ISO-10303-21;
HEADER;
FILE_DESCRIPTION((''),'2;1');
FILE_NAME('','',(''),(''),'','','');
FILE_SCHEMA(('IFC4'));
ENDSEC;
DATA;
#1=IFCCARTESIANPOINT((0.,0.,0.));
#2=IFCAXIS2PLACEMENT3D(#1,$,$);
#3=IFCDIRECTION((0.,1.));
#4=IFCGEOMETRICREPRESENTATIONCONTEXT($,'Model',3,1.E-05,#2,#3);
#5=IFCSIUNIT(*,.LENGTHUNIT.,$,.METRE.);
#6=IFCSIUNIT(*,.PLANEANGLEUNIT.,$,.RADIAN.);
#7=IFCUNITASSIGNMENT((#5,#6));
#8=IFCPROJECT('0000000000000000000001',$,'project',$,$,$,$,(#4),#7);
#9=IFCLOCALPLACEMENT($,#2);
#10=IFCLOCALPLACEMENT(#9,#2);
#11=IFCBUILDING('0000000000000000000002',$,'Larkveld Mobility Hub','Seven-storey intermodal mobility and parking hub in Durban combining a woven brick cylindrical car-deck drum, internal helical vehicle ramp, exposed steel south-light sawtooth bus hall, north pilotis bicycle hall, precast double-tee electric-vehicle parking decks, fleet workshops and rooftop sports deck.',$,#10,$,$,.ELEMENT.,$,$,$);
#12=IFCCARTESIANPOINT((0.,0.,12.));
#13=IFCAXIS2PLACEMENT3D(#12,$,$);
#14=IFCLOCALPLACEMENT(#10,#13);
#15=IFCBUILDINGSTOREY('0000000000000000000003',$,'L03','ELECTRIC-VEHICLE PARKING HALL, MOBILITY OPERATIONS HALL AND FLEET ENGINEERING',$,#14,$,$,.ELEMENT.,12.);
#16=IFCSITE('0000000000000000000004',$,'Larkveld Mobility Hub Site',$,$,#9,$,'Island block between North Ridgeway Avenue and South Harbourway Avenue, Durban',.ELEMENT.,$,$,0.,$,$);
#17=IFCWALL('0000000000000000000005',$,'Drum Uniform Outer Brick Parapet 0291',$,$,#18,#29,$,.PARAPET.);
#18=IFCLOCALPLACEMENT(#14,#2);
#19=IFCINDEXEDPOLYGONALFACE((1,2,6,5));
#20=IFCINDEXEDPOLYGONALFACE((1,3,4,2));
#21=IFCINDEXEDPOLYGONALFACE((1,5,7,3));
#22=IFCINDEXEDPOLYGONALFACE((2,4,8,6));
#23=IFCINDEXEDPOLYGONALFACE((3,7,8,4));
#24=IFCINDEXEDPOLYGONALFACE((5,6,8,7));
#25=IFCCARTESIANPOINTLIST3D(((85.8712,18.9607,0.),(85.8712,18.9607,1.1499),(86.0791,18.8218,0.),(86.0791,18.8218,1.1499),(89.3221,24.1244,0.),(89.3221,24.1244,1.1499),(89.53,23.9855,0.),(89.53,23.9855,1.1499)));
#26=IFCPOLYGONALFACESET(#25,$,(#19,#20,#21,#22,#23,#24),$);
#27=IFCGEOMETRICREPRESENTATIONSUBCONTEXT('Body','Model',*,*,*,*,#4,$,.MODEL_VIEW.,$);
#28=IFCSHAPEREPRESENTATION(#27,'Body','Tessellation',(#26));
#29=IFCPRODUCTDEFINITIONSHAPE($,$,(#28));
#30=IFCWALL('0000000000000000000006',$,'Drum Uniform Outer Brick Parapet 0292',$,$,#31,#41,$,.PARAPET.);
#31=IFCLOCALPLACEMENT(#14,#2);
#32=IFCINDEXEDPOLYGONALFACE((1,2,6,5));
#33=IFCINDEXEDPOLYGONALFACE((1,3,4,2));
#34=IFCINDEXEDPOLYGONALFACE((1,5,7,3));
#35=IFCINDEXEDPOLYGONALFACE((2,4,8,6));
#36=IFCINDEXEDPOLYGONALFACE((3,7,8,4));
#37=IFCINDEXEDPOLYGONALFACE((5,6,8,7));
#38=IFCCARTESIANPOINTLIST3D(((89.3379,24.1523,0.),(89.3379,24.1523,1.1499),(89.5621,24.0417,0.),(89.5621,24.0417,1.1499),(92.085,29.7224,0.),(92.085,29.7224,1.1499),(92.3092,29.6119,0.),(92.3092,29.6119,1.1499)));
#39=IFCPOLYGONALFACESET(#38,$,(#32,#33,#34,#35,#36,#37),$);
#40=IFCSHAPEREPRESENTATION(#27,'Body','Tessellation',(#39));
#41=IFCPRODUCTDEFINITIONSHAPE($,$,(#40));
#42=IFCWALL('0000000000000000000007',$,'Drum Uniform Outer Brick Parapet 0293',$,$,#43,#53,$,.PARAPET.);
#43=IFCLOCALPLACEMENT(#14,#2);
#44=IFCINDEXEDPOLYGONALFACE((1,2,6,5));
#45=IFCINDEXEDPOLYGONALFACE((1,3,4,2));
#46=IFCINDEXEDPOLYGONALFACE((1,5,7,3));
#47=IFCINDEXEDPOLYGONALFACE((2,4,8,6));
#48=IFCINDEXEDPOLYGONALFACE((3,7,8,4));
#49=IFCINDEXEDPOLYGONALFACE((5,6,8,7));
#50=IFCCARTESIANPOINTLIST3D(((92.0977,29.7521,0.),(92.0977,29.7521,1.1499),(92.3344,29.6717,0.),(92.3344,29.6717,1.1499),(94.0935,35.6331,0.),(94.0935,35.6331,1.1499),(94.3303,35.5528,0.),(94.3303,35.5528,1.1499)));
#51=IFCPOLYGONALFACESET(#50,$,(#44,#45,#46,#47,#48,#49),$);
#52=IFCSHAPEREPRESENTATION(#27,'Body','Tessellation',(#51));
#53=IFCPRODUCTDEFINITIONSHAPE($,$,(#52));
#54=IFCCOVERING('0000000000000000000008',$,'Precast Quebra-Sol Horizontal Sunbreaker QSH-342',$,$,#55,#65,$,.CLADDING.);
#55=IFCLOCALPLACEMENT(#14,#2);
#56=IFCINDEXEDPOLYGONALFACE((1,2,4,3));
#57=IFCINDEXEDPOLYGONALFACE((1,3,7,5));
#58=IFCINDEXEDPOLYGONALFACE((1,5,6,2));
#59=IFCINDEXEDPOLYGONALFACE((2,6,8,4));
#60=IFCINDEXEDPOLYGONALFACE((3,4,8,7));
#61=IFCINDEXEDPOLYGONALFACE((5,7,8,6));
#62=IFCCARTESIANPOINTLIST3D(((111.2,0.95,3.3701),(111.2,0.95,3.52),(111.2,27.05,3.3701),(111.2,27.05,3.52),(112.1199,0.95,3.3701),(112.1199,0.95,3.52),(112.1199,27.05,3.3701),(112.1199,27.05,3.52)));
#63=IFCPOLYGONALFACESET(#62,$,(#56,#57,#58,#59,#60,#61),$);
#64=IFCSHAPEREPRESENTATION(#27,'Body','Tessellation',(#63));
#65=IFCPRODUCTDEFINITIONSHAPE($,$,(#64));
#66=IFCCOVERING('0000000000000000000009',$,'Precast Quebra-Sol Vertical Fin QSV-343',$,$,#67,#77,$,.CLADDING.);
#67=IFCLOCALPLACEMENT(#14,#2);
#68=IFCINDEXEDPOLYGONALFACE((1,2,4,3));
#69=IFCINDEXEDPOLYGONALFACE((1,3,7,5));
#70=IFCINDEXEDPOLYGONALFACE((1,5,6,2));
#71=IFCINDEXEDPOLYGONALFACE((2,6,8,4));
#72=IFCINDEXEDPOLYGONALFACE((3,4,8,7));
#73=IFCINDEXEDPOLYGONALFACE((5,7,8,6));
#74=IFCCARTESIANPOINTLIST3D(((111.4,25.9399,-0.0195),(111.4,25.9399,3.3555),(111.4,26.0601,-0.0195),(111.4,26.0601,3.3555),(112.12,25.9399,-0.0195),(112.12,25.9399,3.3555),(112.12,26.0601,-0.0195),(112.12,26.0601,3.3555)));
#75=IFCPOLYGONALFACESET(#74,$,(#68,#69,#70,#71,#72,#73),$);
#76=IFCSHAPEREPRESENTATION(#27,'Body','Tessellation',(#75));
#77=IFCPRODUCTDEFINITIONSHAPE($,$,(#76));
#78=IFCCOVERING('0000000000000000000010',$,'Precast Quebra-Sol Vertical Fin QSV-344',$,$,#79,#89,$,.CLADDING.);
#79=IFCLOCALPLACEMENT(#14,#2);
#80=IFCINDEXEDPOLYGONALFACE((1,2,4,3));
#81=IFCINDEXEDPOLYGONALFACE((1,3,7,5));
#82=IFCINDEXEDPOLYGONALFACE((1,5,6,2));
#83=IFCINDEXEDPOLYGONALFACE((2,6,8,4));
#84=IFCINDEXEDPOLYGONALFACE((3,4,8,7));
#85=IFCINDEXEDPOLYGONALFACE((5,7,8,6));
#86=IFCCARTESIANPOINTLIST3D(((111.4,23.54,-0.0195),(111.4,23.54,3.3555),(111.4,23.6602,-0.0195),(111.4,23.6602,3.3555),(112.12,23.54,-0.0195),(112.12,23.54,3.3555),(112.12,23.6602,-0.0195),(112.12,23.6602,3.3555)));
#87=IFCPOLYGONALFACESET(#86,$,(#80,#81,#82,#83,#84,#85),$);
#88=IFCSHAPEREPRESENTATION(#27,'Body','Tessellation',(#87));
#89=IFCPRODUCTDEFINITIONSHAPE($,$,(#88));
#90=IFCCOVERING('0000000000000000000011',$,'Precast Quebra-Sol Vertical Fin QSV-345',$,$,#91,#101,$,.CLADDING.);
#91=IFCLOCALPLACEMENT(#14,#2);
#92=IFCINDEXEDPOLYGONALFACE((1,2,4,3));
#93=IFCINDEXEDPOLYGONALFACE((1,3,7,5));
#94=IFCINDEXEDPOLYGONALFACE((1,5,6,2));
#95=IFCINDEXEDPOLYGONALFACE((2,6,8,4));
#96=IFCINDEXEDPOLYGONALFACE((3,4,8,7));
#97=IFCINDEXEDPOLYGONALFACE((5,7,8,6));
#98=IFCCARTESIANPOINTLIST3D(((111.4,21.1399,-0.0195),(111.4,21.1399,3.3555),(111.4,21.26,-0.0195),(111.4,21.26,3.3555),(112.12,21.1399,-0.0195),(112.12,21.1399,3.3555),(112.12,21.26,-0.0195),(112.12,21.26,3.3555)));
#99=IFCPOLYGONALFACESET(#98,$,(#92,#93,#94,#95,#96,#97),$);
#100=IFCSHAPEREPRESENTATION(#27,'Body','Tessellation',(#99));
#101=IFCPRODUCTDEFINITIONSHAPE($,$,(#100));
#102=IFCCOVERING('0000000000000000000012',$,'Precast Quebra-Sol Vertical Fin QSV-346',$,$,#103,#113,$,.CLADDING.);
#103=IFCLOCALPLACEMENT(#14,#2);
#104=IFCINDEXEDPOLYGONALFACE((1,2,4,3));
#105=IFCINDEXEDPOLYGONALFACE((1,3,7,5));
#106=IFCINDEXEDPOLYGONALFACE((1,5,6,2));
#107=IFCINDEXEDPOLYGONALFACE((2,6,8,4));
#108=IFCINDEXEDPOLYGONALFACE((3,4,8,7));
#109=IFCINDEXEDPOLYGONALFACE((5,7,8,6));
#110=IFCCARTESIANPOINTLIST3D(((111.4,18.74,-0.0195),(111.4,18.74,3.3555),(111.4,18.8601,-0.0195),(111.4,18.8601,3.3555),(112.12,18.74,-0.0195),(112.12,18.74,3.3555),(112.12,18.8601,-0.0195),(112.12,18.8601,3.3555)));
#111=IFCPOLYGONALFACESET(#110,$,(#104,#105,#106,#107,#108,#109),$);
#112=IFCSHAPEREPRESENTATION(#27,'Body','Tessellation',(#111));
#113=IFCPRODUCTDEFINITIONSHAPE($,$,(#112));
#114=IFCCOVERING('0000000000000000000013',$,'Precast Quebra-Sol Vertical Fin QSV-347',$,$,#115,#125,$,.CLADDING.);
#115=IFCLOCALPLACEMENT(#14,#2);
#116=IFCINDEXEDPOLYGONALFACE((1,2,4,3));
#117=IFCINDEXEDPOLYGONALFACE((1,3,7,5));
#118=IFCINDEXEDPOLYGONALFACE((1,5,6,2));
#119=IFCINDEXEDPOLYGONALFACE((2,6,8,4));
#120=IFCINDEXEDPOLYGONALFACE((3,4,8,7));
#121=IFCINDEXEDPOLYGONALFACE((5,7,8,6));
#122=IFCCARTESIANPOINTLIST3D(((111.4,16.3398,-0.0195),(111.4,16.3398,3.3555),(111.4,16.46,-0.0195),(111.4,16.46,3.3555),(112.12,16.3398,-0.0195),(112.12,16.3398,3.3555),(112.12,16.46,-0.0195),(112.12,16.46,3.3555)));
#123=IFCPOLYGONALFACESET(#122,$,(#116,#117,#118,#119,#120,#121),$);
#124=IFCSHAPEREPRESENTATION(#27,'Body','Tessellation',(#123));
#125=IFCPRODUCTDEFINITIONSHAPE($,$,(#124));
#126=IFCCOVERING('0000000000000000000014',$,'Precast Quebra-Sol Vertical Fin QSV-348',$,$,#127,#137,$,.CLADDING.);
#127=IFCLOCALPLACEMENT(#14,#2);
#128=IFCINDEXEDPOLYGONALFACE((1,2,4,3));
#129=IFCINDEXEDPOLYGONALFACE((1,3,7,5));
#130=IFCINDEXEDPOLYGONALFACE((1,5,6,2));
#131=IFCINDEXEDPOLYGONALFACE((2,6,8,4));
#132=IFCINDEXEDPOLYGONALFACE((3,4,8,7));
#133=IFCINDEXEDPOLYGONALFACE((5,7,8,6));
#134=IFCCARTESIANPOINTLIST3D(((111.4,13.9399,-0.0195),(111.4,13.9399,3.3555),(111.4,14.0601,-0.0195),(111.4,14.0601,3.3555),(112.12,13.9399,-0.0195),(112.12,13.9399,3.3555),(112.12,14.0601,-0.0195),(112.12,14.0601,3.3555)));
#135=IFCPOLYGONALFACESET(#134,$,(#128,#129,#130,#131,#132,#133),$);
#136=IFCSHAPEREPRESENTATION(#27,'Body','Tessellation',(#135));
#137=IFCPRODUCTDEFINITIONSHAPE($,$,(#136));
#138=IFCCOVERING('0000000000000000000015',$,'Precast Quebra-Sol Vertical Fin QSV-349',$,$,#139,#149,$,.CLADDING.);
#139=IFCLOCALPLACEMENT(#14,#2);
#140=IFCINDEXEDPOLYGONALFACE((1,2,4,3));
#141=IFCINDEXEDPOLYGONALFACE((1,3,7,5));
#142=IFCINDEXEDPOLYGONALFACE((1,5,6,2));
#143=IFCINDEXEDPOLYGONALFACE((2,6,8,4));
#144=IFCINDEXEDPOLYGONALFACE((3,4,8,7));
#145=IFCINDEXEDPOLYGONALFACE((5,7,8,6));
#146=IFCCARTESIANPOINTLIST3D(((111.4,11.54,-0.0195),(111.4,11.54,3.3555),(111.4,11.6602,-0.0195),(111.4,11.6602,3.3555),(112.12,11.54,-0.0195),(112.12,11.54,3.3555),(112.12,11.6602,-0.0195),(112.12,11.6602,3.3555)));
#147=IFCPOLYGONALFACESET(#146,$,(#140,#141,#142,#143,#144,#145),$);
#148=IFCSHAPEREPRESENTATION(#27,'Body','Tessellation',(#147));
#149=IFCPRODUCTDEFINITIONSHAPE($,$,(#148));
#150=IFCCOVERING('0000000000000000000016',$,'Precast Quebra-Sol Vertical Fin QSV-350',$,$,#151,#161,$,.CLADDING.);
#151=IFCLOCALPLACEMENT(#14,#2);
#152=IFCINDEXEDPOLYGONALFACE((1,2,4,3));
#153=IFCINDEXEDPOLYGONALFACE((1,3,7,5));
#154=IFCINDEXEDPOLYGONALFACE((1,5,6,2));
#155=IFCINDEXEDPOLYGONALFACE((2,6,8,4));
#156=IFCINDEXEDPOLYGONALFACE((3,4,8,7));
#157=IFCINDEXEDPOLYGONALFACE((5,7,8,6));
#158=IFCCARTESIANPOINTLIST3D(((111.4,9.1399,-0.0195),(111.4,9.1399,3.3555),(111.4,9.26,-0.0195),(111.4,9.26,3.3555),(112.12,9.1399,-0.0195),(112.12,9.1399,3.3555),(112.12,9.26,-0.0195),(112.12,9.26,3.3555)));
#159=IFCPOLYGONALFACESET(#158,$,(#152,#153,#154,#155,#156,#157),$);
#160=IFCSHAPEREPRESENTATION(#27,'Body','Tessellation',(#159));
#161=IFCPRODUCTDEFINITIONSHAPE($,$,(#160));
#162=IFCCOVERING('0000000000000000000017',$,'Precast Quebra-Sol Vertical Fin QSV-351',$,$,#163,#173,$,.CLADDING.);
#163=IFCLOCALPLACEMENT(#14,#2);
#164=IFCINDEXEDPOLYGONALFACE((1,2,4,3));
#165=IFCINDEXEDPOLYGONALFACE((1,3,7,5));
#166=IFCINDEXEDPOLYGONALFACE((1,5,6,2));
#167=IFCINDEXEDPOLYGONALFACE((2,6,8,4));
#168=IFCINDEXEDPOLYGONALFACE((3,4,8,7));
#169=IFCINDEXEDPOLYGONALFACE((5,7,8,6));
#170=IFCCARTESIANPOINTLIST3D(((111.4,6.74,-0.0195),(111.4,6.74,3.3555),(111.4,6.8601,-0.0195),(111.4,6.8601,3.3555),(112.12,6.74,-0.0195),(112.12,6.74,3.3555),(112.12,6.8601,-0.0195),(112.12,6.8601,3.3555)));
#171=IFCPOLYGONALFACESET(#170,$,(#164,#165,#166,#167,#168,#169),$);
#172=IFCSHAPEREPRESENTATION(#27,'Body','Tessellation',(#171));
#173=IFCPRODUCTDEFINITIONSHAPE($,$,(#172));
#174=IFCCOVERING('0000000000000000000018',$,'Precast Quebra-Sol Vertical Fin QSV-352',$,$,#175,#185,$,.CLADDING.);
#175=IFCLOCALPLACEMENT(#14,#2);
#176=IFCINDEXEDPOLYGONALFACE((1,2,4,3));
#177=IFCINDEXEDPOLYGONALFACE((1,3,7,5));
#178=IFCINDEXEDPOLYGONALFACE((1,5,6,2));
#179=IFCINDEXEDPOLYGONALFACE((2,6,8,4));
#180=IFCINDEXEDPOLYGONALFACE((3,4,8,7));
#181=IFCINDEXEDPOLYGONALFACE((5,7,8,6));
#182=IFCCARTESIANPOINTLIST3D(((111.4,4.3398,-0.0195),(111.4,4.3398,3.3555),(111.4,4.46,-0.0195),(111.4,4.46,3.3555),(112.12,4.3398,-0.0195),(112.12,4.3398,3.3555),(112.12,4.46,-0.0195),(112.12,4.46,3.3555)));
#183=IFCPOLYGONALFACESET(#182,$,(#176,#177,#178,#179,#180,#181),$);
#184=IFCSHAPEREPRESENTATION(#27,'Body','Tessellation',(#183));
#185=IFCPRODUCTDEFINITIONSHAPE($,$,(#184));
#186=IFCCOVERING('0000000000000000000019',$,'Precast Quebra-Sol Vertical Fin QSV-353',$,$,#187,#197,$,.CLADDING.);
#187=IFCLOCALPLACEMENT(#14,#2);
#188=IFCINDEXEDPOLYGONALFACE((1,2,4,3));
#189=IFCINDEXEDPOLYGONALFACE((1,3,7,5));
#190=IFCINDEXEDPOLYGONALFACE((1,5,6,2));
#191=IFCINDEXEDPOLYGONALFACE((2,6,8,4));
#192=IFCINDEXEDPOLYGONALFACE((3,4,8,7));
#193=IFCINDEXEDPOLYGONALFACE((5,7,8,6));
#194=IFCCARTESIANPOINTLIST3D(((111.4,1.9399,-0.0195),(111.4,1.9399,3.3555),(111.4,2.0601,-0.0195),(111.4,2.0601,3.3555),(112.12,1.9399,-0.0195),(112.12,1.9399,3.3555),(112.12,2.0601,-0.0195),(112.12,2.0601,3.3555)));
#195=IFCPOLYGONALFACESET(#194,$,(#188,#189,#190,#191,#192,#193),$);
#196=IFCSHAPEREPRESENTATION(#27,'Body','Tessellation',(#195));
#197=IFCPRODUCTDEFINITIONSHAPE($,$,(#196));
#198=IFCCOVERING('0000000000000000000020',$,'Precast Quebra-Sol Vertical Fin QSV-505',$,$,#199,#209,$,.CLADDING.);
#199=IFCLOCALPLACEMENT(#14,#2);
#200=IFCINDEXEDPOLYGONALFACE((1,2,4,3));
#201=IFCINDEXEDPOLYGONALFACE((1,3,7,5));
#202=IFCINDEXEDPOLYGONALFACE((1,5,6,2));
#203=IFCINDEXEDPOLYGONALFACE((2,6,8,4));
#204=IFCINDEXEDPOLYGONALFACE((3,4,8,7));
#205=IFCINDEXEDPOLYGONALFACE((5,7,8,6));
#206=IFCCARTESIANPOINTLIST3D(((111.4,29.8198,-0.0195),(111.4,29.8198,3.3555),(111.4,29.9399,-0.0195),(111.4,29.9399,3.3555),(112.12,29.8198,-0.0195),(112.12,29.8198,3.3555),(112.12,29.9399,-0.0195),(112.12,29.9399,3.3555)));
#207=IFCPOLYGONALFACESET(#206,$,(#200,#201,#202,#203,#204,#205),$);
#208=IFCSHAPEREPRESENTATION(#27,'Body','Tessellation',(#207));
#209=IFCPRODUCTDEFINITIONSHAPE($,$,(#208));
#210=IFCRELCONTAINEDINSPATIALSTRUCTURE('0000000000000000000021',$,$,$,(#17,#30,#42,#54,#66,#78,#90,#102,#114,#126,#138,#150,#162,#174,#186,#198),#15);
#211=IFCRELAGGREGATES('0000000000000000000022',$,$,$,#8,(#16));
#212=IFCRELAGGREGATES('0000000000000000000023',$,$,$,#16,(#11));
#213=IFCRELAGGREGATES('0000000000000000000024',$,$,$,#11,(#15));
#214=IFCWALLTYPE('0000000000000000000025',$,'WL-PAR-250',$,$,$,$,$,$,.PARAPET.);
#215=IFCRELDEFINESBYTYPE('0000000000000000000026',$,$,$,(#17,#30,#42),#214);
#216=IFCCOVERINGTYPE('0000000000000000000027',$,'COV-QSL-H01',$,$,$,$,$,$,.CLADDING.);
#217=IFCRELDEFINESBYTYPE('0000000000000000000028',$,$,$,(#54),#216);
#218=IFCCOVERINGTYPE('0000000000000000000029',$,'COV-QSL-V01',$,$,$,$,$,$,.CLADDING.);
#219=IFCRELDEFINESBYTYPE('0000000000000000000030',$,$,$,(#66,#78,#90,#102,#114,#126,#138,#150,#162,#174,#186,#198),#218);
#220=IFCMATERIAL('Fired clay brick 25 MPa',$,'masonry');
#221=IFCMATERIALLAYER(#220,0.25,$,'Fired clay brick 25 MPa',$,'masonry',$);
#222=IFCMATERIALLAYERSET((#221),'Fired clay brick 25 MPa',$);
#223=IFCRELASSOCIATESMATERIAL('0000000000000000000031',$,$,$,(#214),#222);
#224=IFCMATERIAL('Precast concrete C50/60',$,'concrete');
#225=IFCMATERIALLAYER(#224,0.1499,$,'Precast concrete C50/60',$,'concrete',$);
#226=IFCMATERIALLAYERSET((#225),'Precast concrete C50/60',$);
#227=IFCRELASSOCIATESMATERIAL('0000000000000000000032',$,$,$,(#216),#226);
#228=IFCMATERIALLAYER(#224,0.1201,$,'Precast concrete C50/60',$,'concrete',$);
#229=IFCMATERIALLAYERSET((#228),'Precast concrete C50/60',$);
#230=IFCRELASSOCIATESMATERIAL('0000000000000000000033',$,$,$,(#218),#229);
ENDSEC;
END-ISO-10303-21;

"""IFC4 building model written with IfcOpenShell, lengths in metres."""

from ifc_helpers import new_model, si_unit, direction, frame, frame_2d, origin, origin_2d, place, context, subcontext, project, spatial, rectangle, extrude, material, layer, layer_set, type_object, element, save


model = new_model("IFC4")

# Units and contexts
model_context = context("Model", 3, precision=1e-05, world=origin(), true_north=direction((0.0, 1.0)))
body_context = subcontext(model_context, "Body", "Model", "MODEL_VIEW")
ifc_project = project(units=[si_unit("LENGTHUNIT", "METRE"), si_unit("PLANEANGLEUNIT", "RADIAN")], contexts=[model_context])

# Site, building, storey
site_placement = place(None, origin())
site = spatial("IfcSite", under=ifc_project, at=site_placement, Name="Larkveld Mobility Hub Site", LongName="Island block between North Ridgeway Avenue and South Harbourway Avenue, Durban", CompositionType="ELEMENT", RefElevation=0.0)
building_placement = place(site_placement, origin())
building = spatial("IfcBuilding", under=site, at=building_placement, Name="Larkveld Mobility Hub", Description="Seven-storey intermodal mobility and parking hub in Durban combining a woven brick cylindrical car-deck drum, internal helical vehicle ramp, exposed steel south-light sawtooth bus hall, north pilotis bicycle hall, precast double-tee electric-vehicle parking decks, fleet workshops and rooftop sports deck.", CompositionType="ELEMENT")
storey_placement = place(building_placement, frame((0.0, 0.0, 12.0)))
storey = spatial("IfcBuildingStorey", under=building, at=storey_placement, Name="L03", Description="ELECTRIC-VEHICLE PARKING HALL, MOBILITY OPERATIONS HALL AND FLEET ENGINEERING", CompositionType="ELEMENT", Elevation=12.0)

# Shared definitions
ifc_material_1 = material(Name="Precast concrete C50/60", Category="concrete")

# Walls
ifc_material_2 = material(Name="Fired clay brick 25 MPa", Category="masonry")
ifc_layer_1 = layer(ifc_material_2, 0.25, Name="Fired clay brick 25 MPa", Category="masonry")
ifc_layer_set_1 = layer_set([ifc_layer_1], Name="Fired clay brick 25 MPa")
wall_type_1 = type_object("IfcWallType", Name="WL-PAR-250", PredefinedType="PARAPET", material=ifc_layer_set_1)
for number, where, z_axis, x_axis, name in (
    (1, (85.9751, 18.8911, 0.0), (0.0, 0.0, 1.0), (0.555634, 0.831427, 0.0), "Drum Uniform Outer Brick Parapet 0291"),
    (2, (89.45, 24.0969, 0.0), (0.0, 0.0, 1.0), (0.442317, 0.896859, 0.0), "Drum Uniform Outer Brick Parapet 0292"),
):
    element("IfcWall", number, at=place(storey_placement, frame(where, z_axis=z_axis, x_axis=x_axis)), inside=storey, type_object=wall_type_1, Name=name, PredefinedType="PARAPET", context=body_context, shape_type="SweptSolid", body=[
        extrude(rectangle(XDim=6.2107, YDim=0.25, at=frame_2d((3.1055, 0.0))), origin(), (0.0, 0.0, 1.0), 1.1499),
    ])
wall_1_placement = place(storey_placement, frame((92.2161, 29.7119, 0.0), z_axis=(0.0, 0.0, 1.0), x_axis=(0.321365, 0.946955, 0.0)))
element("IfcWall", 3, at=wall_1_placement, inside=storey, type_object=wall_type_1, Name="Drum Uniform Outer Brick Parapet 0293", PredefinedType="PARAPET", context=body_context, shape_type="SweptSolid", body=[
    extrude(rectangle(XDim=6.2104, YDim=0.25, at=frame_2d((3.1052, 0.0))), origin(), (0.0, 0.0, 1.0), 1.1499),
])

# Coverings
ifc_layer_2 = layer(ifc_material_1, 0.1499, Name="Precast concrete C50/60", Category="concrete")
ifc_layer_set_2 = layer_set([ifc_layer_2], Name="Precast concrete C50/60")
covering_type_1 = type_object("IfcCoveringType", Name="COV-QSL-H01", PredefinedType="CLADDING", material=ifc_layer_set_2)
covering_placement = place(storey_placement, frame((111.6599, 14.0, 3.3701), z_axis=(0.0, 0.0, 1.0), x_axis=(0.0, -1.0, 0.0)))
element("IfcCovering", 4, at=covering_placement, inside=storey, type_object=covering_type_1, Name="Precast Quebra-Sol Horizontal Sunbreaker QSH-342", PredefinedType="CLADDING", context=body_context, shape_type="SweptSolid", body=[
    extrude(rectangle(XDim=26.1001, YDim=0.9199, at=origin_2d()), origin(), (0.0, 0.0, 1.0), 0.1499),
])
ifc_layer_3 = layer(ifc_material_1, 0.1201, Name="Precast concrete C50/60", Category="concrete")
ifc_layer_set_3 = layer_set([ifc_layer_3], Name="Precast concrete C50/60")
covering_type_2 = type_object("IfcCoveringType", Name="COV-QSL-V01", PredefinedType="CLADDING", material=ifc_layer_set_3)
for number, where, z_axis, x_axis, name in (
    (5, (111.76, 26.0, -0.0195), (0.0, 0.0, 1.0), (0.0, -1.0, 0.0), "Precast Quebra-Sol Vertical Fin QSV-343"),
    (6, (111.76, 23.6001, -0.0195), (0.0, 0.0, 1.0), (0.0, -1.0, 0.0), "Precast Quebra-Sol Vertical Fin QSV-344"),
    (7, (111.76, 21.2, -0.0195), (0.0, 0.0, 1.0), (0.0, -1.0, 0.0), "Precast Quebra-Sol Vertical Fin QSV-345"),
    (8, (111.76, 18.8, -0.0195), (0.0, 0.0, 1.0), (0.0, -1.0, 0.0), "Precast Quebra-Sol Vertical Fin QSV-346"),
    (9, (111.76, 16.3999, -0.0195), (0.0, 0.0, 1.0), (0.0, -1.0, 0.0), "Precast Quebra-Sol Vertical Fin QSV-347"),
    (10, (111.76, 14.0, -0.0195), (0.0, 0.0, 1.0), (0.0, -1.0, 0.0), "Precast Quebra-Sol Vertical Fin QSV-348"),
    (11, (111.76, 11.6001, -0.0195), (0.0, 0.0, 1.0), (0.0, -1.0, 0.0), "Precast Quebra-Sol Vertical Fin QSV-349"),
    (12, (111.76, 9.2, -0.0195), (0.0, 0.0, 1.0), (0.0, -1.0, 0.0), "Precast Quebra-Sol Vertical Fin QSV-350"),
    (13, (111.76, 6.8, -0.0195), (0.0, 0.0, 1.0), (0.0, -1.0, 0.0), "Precast Quebra-Sol Vertical Fin QSV-351"),
    (14, (111.76, 4.3999, -0.0195), (0.0, 0.0, 1.0), (0.0, -1.0, 0.0), "Precast Quebra-Sol Vertical Fin QSV-352"),
    (15, (111.76, 2.0, -0.0195), (0.0, 0.0, 1.0), (0.0, -1.0, 0.0), "Precast Quebra-Sol Vertical Fin QSV-353"),
    (16, (111.76, 29.8799, -0.0195), (0.0, 0.0, 1.0), (0.0, -1.0, 0.0), "Precast Quebra-Sol Vertical Fin QSV-505"),
):
    element("IfcCovering", number, at=place(storey_placement, frame(where, z_axis=z_axis, x_axis=x_axis)), inside=storey, type_object=covering_type_2, Name=name, PredefinedType="CLADDING", context=body_context, shape_type="SweptSolid", body=[
        extrude(rectangle(XDim=0.1201, YDim=0.72, at=origin_2d()), origin(), (0.0, 0.0, 1.0), 3.375),
    ])

save(model, "model.ifc")
